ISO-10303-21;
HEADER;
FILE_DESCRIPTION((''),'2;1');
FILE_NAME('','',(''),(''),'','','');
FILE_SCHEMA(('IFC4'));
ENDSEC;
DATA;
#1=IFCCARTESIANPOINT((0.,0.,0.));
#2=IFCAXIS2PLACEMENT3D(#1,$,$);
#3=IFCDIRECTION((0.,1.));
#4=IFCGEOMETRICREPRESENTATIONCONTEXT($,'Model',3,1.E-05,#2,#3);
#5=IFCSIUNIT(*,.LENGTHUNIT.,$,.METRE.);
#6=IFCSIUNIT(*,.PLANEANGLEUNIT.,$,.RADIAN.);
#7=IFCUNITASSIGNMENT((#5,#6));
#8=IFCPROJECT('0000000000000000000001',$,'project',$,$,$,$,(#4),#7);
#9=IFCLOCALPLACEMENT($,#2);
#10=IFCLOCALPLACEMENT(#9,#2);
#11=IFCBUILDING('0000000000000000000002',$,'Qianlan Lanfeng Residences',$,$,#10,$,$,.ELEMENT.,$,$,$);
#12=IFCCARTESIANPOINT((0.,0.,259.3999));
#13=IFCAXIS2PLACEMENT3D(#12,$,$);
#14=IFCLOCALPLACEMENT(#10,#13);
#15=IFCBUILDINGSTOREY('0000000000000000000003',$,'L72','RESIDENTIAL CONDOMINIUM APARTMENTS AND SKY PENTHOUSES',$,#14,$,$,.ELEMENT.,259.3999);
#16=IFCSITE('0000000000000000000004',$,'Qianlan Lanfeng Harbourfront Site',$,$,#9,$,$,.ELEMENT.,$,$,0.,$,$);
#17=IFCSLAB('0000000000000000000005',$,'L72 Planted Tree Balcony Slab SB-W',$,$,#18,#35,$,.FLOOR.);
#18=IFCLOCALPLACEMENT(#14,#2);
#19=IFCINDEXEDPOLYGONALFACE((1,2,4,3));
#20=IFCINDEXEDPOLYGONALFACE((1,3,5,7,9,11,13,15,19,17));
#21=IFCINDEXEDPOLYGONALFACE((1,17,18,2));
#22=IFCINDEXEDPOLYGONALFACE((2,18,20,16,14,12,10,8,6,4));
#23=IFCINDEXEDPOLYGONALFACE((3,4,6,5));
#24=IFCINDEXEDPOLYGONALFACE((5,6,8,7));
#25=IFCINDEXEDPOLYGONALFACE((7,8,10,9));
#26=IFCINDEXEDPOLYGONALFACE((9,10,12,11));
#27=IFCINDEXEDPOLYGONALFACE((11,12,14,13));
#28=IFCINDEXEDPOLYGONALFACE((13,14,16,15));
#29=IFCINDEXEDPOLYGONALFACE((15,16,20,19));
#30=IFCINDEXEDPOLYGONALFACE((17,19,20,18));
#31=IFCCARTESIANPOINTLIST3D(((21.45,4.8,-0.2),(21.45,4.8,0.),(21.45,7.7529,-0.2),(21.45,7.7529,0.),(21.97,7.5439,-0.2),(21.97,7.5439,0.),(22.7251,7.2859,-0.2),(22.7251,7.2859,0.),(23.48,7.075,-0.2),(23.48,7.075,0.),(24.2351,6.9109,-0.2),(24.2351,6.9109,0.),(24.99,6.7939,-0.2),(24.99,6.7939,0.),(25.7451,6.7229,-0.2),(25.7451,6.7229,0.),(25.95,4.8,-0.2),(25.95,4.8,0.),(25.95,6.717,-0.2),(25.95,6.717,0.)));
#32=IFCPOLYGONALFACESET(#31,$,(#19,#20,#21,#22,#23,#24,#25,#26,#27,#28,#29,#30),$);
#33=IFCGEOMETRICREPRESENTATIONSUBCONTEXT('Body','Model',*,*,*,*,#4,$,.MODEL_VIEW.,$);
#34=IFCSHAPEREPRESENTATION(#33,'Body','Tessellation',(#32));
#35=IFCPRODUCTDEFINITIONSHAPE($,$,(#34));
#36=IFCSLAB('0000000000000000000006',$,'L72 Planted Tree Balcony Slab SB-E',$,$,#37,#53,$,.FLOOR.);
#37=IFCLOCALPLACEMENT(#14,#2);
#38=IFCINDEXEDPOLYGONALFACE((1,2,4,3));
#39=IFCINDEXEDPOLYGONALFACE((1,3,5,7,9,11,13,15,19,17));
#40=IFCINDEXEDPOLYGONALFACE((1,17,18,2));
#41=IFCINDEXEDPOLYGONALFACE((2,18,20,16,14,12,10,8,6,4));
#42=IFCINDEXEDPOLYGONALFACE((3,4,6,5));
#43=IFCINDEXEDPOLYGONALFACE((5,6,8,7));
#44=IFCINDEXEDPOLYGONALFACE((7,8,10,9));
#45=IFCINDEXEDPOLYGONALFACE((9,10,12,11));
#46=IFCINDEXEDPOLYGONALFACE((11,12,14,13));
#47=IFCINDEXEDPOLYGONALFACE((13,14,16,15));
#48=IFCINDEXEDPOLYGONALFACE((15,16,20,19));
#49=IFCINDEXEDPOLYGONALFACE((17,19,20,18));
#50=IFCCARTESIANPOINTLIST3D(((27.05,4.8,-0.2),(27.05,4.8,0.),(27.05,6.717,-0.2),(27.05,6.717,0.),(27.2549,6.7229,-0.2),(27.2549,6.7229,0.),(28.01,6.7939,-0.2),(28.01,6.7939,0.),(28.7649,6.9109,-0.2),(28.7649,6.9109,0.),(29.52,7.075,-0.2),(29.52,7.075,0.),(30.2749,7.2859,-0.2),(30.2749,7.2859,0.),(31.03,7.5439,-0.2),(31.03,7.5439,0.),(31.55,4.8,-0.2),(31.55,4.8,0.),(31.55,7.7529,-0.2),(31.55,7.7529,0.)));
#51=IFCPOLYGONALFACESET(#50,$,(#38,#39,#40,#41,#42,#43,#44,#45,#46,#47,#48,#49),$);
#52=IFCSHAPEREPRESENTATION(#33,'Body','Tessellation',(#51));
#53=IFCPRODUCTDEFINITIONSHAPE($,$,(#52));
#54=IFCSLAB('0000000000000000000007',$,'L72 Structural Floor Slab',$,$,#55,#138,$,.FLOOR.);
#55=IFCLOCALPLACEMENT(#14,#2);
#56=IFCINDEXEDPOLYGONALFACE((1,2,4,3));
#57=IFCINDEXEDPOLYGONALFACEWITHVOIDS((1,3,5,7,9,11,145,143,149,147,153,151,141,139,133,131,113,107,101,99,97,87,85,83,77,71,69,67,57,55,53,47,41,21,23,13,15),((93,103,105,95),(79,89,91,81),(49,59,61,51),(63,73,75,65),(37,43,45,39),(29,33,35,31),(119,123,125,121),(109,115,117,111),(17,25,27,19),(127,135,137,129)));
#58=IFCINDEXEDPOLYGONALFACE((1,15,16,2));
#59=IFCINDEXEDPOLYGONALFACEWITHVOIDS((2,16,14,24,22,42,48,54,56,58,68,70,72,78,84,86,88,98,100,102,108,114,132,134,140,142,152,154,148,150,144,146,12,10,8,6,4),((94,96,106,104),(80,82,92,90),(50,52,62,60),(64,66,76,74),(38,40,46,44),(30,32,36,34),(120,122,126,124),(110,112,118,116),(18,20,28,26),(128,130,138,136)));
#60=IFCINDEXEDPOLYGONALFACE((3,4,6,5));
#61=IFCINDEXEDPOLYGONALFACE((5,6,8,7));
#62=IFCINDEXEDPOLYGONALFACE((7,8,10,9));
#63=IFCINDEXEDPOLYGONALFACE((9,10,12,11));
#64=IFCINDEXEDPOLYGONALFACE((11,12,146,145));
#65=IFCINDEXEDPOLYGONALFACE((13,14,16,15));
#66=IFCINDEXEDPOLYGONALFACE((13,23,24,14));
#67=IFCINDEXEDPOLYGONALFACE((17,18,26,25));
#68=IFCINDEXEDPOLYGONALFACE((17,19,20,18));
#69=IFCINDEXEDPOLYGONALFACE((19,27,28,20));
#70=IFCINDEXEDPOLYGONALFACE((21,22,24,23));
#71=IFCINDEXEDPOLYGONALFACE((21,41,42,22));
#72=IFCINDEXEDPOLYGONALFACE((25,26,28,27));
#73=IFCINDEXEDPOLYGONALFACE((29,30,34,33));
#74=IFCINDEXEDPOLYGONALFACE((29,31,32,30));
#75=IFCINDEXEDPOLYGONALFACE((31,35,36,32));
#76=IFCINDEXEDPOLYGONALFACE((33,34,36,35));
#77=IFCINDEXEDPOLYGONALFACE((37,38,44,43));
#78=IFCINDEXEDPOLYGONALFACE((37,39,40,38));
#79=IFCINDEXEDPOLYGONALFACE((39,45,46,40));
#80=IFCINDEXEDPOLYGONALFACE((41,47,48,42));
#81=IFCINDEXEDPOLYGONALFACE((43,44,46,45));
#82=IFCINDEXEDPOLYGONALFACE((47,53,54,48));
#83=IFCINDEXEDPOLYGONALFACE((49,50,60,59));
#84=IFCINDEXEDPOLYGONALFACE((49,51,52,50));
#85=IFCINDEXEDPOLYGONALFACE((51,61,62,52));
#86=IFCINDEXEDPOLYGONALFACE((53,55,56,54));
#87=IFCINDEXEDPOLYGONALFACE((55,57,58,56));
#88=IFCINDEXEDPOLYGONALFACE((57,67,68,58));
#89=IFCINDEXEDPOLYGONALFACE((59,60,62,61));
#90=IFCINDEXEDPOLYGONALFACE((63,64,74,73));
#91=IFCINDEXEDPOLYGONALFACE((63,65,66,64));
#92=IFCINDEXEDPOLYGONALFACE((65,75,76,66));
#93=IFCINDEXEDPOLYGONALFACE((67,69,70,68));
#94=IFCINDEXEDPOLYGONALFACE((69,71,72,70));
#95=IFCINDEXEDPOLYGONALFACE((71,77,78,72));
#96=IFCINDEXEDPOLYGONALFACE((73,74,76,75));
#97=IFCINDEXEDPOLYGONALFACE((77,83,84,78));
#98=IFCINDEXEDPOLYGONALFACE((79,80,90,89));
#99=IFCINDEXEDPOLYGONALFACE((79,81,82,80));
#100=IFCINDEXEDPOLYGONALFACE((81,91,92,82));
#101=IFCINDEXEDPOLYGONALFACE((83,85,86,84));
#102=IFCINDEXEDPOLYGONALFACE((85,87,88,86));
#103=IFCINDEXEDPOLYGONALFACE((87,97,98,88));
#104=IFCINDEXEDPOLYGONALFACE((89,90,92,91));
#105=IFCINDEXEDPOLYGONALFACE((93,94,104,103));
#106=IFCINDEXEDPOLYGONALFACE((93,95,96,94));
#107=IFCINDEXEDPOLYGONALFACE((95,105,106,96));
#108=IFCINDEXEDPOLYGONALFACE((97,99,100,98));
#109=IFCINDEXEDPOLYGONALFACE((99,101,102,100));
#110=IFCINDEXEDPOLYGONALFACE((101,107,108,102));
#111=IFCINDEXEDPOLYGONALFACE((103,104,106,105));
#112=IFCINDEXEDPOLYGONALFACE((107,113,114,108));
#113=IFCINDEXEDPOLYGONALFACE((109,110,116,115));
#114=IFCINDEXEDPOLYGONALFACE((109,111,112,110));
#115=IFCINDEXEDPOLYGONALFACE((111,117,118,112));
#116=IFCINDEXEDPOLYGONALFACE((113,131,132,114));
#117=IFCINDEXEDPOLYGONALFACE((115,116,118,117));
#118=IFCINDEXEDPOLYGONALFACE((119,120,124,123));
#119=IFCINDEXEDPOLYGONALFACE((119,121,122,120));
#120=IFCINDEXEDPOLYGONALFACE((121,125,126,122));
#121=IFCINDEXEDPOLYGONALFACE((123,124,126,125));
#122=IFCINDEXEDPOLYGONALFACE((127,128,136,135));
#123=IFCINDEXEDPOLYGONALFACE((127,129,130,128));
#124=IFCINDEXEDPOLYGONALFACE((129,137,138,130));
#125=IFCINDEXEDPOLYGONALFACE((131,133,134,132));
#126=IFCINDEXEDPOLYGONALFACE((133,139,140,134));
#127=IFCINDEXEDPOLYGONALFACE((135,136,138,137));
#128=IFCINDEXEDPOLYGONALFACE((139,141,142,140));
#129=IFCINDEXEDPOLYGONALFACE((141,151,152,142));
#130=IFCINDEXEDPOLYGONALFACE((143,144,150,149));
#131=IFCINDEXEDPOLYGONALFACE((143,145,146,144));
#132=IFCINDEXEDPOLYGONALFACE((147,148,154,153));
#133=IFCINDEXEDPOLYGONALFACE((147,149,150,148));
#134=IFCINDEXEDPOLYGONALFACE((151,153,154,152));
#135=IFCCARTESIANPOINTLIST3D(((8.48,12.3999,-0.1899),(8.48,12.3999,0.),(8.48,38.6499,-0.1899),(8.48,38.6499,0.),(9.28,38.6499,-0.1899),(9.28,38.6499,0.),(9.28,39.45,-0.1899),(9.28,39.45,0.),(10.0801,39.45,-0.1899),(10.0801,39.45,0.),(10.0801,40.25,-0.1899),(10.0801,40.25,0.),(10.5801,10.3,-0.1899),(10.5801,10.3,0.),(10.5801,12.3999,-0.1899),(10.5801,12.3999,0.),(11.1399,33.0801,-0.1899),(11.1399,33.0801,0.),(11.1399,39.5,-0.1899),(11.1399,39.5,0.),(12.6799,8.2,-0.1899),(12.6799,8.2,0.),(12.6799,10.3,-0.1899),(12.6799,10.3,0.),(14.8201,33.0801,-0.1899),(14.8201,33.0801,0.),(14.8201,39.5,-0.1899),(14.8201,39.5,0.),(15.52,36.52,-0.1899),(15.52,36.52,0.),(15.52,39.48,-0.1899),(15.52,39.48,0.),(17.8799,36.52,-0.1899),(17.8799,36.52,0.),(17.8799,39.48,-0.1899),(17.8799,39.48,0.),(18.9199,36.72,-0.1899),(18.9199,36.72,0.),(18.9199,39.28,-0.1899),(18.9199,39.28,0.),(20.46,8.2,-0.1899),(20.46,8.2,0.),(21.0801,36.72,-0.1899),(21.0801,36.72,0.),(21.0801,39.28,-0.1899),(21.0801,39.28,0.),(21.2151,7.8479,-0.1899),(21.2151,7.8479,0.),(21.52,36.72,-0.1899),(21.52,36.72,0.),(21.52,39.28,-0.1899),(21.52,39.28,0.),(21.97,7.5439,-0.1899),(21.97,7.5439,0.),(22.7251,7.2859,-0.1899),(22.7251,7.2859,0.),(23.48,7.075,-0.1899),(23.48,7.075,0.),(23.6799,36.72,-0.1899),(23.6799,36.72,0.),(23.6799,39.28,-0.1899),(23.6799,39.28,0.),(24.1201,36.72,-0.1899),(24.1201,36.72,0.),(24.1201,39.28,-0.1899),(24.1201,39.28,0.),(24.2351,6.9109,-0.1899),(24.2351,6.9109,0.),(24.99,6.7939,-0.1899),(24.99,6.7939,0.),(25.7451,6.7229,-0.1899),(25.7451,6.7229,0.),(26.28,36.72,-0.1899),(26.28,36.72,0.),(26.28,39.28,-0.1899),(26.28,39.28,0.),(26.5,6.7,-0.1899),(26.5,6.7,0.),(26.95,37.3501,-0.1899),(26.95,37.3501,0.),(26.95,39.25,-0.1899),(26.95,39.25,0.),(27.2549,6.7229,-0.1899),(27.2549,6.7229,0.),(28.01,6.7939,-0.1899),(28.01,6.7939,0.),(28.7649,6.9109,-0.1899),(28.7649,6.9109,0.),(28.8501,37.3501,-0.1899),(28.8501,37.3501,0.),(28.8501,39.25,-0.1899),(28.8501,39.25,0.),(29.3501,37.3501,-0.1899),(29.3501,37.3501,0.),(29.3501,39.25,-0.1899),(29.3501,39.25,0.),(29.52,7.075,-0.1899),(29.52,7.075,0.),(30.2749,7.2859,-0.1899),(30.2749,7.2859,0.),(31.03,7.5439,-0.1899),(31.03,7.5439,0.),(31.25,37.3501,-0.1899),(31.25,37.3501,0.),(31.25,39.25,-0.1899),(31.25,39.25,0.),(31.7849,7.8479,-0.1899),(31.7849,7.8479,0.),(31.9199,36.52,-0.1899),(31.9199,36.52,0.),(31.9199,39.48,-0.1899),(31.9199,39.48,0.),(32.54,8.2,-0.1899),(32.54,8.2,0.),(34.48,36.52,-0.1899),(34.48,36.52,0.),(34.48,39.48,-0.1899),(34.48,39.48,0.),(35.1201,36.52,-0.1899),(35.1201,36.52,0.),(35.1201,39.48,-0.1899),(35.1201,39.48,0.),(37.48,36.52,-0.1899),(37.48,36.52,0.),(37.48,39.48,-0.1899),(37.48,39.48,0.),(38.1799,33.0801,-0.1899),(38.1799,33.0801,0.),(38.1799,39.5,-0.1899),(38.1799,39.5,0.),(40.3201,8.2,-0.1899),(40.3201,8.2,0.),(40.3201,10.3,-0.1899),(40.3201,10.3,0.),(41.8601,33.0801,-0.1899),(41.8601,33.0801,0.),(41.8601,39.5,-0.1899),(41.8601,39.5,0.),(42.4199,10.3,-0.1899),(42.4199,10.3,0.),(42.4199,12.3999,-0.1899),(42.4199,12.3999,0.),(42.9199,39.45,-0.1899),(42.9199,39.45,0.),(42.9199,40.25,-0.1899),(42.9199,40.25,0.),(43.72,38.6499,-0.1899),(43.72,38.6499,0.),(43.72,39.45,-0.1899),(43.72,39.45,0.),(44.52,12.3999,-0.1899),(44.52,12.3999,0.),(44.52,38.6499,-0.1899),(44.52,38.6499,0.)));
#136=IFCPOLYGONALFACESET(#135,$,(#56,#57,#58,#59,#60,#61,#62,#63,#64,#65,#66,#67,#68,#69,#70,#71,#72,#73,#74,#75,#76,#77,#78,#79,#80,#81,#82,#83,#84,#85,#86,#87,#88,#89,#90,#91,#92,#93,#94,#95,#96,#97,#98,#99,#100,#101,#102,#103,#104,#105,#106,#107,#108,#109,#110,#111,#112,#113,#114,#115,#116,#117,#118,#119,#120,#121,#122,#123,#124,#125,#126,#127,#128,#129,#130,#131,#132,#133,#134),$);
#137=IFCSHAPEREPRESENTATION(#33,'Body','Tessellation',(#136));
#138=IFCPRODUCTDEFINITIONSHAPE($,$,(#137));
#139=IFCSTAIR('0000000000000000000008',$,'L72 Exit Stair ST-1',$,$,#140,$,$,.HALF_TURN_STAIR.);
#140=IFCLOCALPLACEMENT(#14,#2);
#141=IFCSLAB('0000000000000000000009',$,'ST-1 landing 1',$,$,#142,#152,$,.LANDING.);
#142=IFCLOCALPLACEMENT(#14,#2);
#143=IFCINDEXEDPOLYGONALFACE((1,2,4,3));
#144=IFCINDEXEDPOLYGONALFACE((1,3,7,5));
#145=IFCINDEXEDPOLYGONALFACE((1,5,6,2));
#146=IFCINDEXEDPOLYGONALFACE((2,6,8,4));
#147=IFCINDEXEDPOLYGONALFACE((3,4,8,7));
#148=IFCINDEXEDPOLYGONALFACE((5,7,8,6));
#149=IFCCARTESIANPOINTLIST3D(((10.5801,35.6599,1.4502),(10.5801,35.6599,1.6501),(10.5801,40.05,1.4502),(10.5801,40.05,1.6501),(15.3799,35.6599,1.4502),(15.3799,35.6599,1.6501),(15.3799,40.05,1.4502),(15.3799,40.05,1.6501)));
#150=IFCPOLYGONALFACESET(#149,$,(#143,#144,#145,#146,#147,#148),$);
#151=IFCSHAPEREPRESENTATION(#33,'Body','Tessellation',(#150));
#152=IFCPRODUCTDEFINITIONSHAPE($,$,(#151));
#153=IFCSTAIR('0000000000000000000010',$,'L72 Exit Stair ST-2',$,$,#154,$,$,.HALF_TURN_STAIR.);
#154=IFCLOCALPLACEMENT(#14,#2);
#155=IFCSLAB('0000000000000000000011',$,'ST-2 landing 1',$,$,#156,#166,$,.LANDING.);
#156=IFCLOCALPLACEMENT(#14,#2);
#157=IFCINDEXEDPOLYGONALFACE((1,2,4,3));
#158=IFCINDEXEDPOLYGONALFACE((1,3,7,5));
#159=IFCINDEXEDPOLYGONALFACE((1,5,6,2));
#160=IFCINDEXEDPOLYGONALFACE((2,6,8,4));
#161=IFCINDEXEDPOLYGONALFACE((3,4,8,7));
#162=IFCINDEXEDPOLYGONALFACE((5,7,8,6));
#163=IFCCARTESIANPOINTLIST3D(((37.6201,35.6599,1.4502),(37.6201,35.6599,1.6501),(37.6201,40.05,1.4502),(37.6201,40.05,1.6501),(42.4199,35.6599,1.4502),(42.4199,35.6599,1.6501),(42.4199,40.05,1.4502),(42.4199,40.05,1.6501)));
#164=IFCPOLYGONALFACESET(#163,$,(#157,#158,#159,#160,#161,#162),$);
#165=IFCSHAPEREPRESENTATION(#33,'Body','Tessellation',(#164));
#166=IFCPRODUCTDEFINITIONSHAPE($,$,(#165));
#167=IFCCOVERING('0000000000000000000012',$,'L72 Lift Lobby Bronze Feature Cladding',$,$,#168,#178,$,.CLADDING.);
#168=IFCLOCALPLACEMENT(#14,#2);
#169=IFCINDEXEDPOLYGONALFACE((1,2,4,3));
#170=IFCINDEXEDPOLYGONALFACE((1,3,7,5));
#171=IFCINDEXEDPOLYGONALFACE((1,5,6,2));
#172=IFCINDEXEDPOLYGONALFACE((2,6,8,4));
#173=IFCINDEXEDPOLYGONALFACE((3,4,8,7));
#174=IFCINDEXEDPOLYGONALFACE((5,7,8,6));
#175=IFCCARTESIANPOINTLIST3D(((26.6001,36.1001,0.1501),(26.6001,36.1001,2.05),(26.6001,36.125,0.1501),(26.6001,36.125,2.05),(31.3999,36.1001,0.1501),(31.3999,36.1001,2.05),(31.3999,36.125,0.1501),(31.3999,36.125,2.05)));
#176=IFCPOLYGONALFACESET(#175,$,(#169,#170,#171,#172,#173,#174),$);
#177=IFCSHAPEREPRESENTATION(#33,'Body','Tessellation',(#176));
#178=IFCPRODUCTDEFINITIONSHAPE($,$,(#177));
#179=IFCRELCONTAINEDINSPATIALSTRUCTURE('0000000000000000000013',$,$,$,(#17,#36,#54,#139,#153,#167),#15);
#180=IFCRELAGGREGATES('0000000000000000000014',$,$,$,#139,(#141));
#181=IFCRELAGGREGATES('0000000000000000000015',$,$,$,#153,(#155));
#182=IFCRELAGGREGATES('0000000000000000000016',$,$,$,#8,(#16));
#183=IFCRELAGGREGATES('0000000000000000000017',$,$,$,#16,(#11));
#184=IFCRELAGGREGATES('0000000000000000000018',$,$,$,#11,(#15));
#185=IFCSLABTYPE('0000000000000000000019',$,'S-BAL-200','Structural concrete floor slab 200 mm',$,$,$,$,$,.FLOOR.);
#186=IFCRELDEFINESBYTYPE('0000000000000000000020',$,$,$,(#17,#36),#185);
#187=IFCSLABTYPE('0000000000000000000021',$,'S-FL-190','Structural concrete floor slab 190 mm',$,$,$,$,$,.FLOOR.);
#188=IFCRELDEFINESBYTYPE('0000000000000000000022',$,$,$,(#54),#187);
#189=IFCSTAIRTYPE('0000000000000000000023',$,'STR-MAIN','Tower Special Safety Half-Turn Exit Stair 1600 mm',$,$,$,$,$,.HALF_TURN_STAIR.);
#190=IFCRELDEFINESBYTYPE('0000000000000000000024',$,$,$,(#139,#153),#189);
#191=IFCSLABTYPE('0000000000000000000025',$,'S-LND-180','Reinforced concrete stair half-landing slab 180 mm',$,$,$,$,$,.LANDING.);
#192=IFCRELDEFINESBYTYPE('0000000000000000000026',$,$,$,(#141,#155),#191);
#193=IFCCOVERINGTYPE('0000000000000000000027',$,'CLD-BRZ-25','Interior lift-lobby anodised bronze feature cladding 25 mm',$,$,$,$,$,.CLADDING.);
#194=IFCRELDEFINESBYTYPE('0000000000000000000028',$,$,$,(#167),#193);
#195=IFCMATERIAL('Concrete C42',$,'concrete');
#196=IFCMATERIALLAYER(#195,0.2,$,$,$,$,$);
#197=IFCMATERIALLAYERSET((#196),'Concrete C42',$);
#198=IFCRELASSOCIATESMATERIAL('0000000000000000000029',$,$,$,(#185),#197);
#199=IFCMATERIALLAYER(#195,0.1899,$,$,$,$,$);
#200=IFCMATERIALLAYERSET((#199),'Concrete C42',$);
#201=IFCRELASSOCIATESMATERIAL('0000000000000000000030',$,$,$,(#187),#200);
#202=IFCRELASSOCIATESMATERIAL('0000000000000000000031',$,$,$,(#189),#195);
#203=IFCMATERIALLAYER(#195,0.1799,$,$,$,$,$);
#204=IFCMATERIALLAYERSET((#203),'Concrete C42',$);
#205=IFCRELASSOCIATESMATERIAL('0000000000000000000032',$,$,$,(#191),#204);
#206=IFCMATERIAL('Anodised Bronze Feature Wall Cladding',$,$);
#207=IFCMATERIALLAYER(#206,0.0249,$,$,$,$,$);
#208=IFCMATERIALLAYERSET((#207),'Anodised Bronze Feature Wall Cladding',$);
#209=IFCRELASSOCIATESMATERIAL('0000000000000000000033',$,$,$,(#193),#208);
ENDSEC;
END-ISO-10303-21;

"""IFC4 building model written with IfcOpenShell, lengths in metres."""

from ifc_helpers import new_model, si_unit, direction, frame, origin, place, context, subcontext, project, spatial, polyline, outline, extrude, material, layer, layer_set, type_object, element, aggregate, save


model = new_model("IFC4")

# Units and contexts
model_context = context("Model", 3, precision=1e-05, world=origin(), true_north=direction((0.0, 1.0)))
body_context = subcontext(model_context, "Body", "Model", "MODEL_VIEW")
ifc_project = project(units=[si_unit("LENGTHUNIT", "METRE"), si_unit("PLANEANGLEUNIT", "RADIAN")], contexts=[model_context])

# Site, building, storey
site_placement = place(None, origin())
site = spatial("IfcSite", under=ifc_project, at=site_placement, Name="Qianlan Lanfeng Harbourfront Site", CompositionType="ELEMENT", RefElevation=0.0)
building_placement = place(site_placement, origin())
building = spatial("IfcBuilding", under=site, at=building_placement, Name="Qianlan Lanfeng Residences", CompositionType="ELEMENT")
storey_placement = place(building_placement, frame((0.0, 0.0, 259.3999)))
storey = spatial("IfcBuildingStorey", under=building, at=storey_placement, Name="L72", Description="RESIDENTIAL CONDOMINIUM APARTMENTS AND SKY PENTHOUSES", CompositionType="ELEMENT", Elevation=259.3999)

# Slabs
ifc_material_1 = material(Name="Concrete C42", Category="concrete")
ifc_layer_1 = layer(ifc_material_1, 0.2)
ifc_layer_set_1 = layer_set([ifc_layer_1], Name="Concrete C42")
slab_type_1 = type_object("IfcSlabType", Name="S-BAL-200", Description="Structural concrete floor slab 200 mm", PredefinedType="FLOOR", material=ifc_layer_set_1)
slab_1_placement = place(storey_placement, frame((0.0, 0.0, -0.2)))
element("IfcSlab", 1, at=slab_1_placement, inside=storey, type_object=slab_type_1, Name="L72 Planted Tree Balcony Slab SB-W", PredefinedType="FLOOR", context=body_context, shape_type="SweptSolid", body=[
    extrude(outline(polyline([(25.95, 6.717), (25.7451, 6.7229), (24.99, 6.7939), (24.2351, 6.9109), (23.48, 7.075), (22.7251, 7.2859), (21.97, 7.5439), (21.45, 7.7529), (21.45, 4.8), (25.95, 4.8), (25.95, 6.717)])), origin(), (0.0, 0.0, 1.0), 0.2),
])
slab_2_placement = place(storey_placement, frame((0.0, 0.0, -0.2)))
element("IfcSlab", 2, at=slab_2_placement, inside=storey, type_object=slab_type_1, Name="L72 Planted Tree Balcony Slab SB-E", PredefinedType="FLOOR", context=body_context, shape_type="SweptSolid", body=[
    extrude(outline(polyline([(31.55, 7.7529), (31.03, 7.5439), (30.2749, 7.2859), (29.52, 7.075), (28.7649, 6.9109), (28.01, 6.7939), (27.2549, 6.7229), (27.05, 6.717), (27.05, 4.8), (31.55, 4.8), (31.55, 7.7529)])), origin(), (0.0, 0.0, 1.0), 0.2),
])
ifc_layer_2 = layer(ifc_material_1, 0.1899)
ifc_layer_set_2 = layer_set([ifc_layer_2], Name="Concrete C42")
slab_type_2 = type_object("IfcSlabType", Name="S-FL-190", Description="Structural concrete floor slab 190 mm", PredefinedType="FLOOR", material=ifc_layer_set_2)
slab_3_placement = place(storey_placement, frame((0.0, 0.0, -0.1899)))
element("IfcSlab", 3, at=slab_3_placement, inside=storey, type_object=slab_type_2, Name="L72 Structural Floor Slab", PredefinedType="FLOOR", context=body_context, shape_type="SweptSolid", body=[
    extrude(outline(polyline([(8.48, 12.3999), (10.5801, 12.3999), (10.5801, 10.3), (12.6799, 10.3), (12.6799, 8.2), (20.46, 8.2), (21.2151, 7.8479), (21.97, 7.5439), (22.7251, 7.2859), (23.48, 7.075), (24.2351, 6.9109), (24.99, 6.7939), (25.7451, 6.7229), (26.5, 6.7), (27.2549, 6.7229), (28.01, 6.7939), (28.7649, 6.9109), (29.52, 7.075), (30.2749, 7.2859), (31.03, 7.5439), (31.7849, 7.8479), (32.54, 8.2), (40.3201, 8.2), (40.3201, 10.3), (42.4199, 10.3), (42.4199, 12.3999), (44.52, 12.3999), (44.52, 38.6499), (43.72, 38.6499), (43.72, 39.45), (42.9199, 39.45), (42.9199, 40.25), (10.0801, 40.25), (10.0801, 39.45), (9.28, 39.45), (9.28, 38.6499), (8.48, 38.6499), (8.48, 12.3999)]), holes=[polyline([(11.1399, 33.0801), (11.1399, 39.5), (14.8201, 39.5), (14.8201, 33.0801), (11.1399, 33.0801)]), polyline([(38.1799, 33.0801), (38.1799, 39.5), (41.8601, 39.5), (41.8601, 33.0801), (38.1799, 33.0801)]), polyline([(15.52, 36.52), (15.52, 39.48), (17.8799, 39.48), (17.8799, 36.52), (15.52, 36.52)]), polyline([(35.1201, 36.52), (35.1201, 39.48), (37.48, 39.48), (37.48, 36.52), (35.1201, 36.52)]), polyline([(31.9199, 36.52), (31.9199, 39.48), (34.48, 39.48), (34.48, 36.52), (31.9199, 36.52)]), polyline([(18.9199, 36.72), (18.9199, 39.28), (21.0801, 39.28), (21.0801, 36.72), (18.9199, 36.72)]), polyline([(21.52, 36.72), (21.52, 39.28), (23.6799, 39.28), (23.6799, 36.72), (21.52, 36.72)]), polyline([(24.1201, 36.72), (24.1201, 39.28), (26.28, 39.28), (26.28, 36.72), (24.1201, 36.72)]), polyline([(26.95, 37.3501), (26.95, 39.25), (28.8501, 39.25), (28.8501, 37.3501), (26.95, 37.3501)]), polyline([(29.3501, 37.3501), (29.3501, 39.25), (31.25, 39.25), (31.25, 37.3501), (29.3501, 37.3501)])]), origin(), (0.0, 0.0, 1.0), 0.1899),
])

# Stairs, slabs
stair_type = type_object("IfcStairType", Name="STR-MAIN", Description="Tower Special Safety Half-Turn Exit Stair 1600 mm", PredefinedType="HALF_TURN_STAIR", material=ifc_material_1)
stair_1_placement = place(storey_placement, origin())
stair_1 = element("IfcStair", 4, at=stair_1_placement, inside=storey, type_object=stair_type, Name="L72 Exit Stair ST-1", PredefinedType="HALF_TURN_STAIR")
ifc_layer_3 = layer(ifc_material_1, 0.1799)
ifc_layer_set_3 = layer_set([ifc_layer_3], Name="Concrete C42")
slab_type_3 = type_object("IfcSlabType", Name="S-LND-180", Description="Reinforced concrete stair half-landing slab 180 mm", PredefinedType="LANDING", material=ifc_layer_set_3)
slab_4_placement = place(storey_placement, frame((0.0, 0.0, 1.4502)))
slab_4 = element("IfcSlab", 5, at=slab_4_placement, type_object=slab_type_3, Name="ST-1 landing 1", PredefinedType="LANDING", context=body_context, shape_type="SweptSolid", body=[
    extrude(outline(polyline([(10.5801, 35.6599), (15.3799, 35.6599), (15.3799, 40.05), (10.5801, 40.05), (10.5801, 35.6599)])), origin(), (0.0, 0.0, 1.0), 0.2),
])
aggregate(stair_1, [slab_4])
stair_2_placement = place(storey_placement, origin())
stair_2 = element("IfcStair", 6, at=stair_2_placement, inside=storey, type_object=stair_type, Name="L72 Exit Stair ST-2", PredefinedType="HALF_TURN_STAIR")
slab_5_placement = place(storey_placement, frame((0.0, 0.0, 1.4502)))
slab_5 = element("IfcSlab", 7, at=slab_5_placement, type_object=slab_type_3, Name="ST-2 landing 1", PredefinedType="LANDING", context=body_context, shape_type="SweptSolid", body=[
    extrude(outline(polyline([(37.6201, 35.6599), (42.4199, 35.6599), (42.4199, 40.05), (37.6201, 40.05), (37.6201, 35.6599)])), origin(), (0.0, 0.0, 1.0), 0.2),
])
aggregate(stair_2, [slab_5])

# Covering
ifc_material_2 = material(Name="Anodised Bronze Feature Wall Cladding")
ifc_layer_4 = layer(ifc_material_2, 0.0249)
ifc_layer_set_4 = layer_set([ifc_layer_4], Name="Anodised Bronze Feature Wall Cladding")
covering_type_1 = type_object("IfcCoveringType", Name="CLD-BRZ-25", Description="Interior lift-lobby anodised bronze feature cladding 25 mm", PredefinedType="CLADDING", material=ifc_layer_set_4)
covering_1_placement = place(storey_placement, frame((0.0, 0.0, 0.1501)))
element("IfcCovering", 8, at=covering_1_placement, inside=storey, type_object=covering_type_1, Name="L72 Lift Lobby Bronze Feature Cladding", PredefinedType="CLADDING", context=body_context, shape_type="SweptSolid", body=[
    extrude(outline(polyline([(26.6001, 36.1001), (31.3999, 36.1001), (31.3999, 36.125), (26.6001, 36.125), (26.6001, 36.1001)])), origin(), (0.0, 0.0, 1.0), 1.8999),
])

save(model, "model.ifc")
